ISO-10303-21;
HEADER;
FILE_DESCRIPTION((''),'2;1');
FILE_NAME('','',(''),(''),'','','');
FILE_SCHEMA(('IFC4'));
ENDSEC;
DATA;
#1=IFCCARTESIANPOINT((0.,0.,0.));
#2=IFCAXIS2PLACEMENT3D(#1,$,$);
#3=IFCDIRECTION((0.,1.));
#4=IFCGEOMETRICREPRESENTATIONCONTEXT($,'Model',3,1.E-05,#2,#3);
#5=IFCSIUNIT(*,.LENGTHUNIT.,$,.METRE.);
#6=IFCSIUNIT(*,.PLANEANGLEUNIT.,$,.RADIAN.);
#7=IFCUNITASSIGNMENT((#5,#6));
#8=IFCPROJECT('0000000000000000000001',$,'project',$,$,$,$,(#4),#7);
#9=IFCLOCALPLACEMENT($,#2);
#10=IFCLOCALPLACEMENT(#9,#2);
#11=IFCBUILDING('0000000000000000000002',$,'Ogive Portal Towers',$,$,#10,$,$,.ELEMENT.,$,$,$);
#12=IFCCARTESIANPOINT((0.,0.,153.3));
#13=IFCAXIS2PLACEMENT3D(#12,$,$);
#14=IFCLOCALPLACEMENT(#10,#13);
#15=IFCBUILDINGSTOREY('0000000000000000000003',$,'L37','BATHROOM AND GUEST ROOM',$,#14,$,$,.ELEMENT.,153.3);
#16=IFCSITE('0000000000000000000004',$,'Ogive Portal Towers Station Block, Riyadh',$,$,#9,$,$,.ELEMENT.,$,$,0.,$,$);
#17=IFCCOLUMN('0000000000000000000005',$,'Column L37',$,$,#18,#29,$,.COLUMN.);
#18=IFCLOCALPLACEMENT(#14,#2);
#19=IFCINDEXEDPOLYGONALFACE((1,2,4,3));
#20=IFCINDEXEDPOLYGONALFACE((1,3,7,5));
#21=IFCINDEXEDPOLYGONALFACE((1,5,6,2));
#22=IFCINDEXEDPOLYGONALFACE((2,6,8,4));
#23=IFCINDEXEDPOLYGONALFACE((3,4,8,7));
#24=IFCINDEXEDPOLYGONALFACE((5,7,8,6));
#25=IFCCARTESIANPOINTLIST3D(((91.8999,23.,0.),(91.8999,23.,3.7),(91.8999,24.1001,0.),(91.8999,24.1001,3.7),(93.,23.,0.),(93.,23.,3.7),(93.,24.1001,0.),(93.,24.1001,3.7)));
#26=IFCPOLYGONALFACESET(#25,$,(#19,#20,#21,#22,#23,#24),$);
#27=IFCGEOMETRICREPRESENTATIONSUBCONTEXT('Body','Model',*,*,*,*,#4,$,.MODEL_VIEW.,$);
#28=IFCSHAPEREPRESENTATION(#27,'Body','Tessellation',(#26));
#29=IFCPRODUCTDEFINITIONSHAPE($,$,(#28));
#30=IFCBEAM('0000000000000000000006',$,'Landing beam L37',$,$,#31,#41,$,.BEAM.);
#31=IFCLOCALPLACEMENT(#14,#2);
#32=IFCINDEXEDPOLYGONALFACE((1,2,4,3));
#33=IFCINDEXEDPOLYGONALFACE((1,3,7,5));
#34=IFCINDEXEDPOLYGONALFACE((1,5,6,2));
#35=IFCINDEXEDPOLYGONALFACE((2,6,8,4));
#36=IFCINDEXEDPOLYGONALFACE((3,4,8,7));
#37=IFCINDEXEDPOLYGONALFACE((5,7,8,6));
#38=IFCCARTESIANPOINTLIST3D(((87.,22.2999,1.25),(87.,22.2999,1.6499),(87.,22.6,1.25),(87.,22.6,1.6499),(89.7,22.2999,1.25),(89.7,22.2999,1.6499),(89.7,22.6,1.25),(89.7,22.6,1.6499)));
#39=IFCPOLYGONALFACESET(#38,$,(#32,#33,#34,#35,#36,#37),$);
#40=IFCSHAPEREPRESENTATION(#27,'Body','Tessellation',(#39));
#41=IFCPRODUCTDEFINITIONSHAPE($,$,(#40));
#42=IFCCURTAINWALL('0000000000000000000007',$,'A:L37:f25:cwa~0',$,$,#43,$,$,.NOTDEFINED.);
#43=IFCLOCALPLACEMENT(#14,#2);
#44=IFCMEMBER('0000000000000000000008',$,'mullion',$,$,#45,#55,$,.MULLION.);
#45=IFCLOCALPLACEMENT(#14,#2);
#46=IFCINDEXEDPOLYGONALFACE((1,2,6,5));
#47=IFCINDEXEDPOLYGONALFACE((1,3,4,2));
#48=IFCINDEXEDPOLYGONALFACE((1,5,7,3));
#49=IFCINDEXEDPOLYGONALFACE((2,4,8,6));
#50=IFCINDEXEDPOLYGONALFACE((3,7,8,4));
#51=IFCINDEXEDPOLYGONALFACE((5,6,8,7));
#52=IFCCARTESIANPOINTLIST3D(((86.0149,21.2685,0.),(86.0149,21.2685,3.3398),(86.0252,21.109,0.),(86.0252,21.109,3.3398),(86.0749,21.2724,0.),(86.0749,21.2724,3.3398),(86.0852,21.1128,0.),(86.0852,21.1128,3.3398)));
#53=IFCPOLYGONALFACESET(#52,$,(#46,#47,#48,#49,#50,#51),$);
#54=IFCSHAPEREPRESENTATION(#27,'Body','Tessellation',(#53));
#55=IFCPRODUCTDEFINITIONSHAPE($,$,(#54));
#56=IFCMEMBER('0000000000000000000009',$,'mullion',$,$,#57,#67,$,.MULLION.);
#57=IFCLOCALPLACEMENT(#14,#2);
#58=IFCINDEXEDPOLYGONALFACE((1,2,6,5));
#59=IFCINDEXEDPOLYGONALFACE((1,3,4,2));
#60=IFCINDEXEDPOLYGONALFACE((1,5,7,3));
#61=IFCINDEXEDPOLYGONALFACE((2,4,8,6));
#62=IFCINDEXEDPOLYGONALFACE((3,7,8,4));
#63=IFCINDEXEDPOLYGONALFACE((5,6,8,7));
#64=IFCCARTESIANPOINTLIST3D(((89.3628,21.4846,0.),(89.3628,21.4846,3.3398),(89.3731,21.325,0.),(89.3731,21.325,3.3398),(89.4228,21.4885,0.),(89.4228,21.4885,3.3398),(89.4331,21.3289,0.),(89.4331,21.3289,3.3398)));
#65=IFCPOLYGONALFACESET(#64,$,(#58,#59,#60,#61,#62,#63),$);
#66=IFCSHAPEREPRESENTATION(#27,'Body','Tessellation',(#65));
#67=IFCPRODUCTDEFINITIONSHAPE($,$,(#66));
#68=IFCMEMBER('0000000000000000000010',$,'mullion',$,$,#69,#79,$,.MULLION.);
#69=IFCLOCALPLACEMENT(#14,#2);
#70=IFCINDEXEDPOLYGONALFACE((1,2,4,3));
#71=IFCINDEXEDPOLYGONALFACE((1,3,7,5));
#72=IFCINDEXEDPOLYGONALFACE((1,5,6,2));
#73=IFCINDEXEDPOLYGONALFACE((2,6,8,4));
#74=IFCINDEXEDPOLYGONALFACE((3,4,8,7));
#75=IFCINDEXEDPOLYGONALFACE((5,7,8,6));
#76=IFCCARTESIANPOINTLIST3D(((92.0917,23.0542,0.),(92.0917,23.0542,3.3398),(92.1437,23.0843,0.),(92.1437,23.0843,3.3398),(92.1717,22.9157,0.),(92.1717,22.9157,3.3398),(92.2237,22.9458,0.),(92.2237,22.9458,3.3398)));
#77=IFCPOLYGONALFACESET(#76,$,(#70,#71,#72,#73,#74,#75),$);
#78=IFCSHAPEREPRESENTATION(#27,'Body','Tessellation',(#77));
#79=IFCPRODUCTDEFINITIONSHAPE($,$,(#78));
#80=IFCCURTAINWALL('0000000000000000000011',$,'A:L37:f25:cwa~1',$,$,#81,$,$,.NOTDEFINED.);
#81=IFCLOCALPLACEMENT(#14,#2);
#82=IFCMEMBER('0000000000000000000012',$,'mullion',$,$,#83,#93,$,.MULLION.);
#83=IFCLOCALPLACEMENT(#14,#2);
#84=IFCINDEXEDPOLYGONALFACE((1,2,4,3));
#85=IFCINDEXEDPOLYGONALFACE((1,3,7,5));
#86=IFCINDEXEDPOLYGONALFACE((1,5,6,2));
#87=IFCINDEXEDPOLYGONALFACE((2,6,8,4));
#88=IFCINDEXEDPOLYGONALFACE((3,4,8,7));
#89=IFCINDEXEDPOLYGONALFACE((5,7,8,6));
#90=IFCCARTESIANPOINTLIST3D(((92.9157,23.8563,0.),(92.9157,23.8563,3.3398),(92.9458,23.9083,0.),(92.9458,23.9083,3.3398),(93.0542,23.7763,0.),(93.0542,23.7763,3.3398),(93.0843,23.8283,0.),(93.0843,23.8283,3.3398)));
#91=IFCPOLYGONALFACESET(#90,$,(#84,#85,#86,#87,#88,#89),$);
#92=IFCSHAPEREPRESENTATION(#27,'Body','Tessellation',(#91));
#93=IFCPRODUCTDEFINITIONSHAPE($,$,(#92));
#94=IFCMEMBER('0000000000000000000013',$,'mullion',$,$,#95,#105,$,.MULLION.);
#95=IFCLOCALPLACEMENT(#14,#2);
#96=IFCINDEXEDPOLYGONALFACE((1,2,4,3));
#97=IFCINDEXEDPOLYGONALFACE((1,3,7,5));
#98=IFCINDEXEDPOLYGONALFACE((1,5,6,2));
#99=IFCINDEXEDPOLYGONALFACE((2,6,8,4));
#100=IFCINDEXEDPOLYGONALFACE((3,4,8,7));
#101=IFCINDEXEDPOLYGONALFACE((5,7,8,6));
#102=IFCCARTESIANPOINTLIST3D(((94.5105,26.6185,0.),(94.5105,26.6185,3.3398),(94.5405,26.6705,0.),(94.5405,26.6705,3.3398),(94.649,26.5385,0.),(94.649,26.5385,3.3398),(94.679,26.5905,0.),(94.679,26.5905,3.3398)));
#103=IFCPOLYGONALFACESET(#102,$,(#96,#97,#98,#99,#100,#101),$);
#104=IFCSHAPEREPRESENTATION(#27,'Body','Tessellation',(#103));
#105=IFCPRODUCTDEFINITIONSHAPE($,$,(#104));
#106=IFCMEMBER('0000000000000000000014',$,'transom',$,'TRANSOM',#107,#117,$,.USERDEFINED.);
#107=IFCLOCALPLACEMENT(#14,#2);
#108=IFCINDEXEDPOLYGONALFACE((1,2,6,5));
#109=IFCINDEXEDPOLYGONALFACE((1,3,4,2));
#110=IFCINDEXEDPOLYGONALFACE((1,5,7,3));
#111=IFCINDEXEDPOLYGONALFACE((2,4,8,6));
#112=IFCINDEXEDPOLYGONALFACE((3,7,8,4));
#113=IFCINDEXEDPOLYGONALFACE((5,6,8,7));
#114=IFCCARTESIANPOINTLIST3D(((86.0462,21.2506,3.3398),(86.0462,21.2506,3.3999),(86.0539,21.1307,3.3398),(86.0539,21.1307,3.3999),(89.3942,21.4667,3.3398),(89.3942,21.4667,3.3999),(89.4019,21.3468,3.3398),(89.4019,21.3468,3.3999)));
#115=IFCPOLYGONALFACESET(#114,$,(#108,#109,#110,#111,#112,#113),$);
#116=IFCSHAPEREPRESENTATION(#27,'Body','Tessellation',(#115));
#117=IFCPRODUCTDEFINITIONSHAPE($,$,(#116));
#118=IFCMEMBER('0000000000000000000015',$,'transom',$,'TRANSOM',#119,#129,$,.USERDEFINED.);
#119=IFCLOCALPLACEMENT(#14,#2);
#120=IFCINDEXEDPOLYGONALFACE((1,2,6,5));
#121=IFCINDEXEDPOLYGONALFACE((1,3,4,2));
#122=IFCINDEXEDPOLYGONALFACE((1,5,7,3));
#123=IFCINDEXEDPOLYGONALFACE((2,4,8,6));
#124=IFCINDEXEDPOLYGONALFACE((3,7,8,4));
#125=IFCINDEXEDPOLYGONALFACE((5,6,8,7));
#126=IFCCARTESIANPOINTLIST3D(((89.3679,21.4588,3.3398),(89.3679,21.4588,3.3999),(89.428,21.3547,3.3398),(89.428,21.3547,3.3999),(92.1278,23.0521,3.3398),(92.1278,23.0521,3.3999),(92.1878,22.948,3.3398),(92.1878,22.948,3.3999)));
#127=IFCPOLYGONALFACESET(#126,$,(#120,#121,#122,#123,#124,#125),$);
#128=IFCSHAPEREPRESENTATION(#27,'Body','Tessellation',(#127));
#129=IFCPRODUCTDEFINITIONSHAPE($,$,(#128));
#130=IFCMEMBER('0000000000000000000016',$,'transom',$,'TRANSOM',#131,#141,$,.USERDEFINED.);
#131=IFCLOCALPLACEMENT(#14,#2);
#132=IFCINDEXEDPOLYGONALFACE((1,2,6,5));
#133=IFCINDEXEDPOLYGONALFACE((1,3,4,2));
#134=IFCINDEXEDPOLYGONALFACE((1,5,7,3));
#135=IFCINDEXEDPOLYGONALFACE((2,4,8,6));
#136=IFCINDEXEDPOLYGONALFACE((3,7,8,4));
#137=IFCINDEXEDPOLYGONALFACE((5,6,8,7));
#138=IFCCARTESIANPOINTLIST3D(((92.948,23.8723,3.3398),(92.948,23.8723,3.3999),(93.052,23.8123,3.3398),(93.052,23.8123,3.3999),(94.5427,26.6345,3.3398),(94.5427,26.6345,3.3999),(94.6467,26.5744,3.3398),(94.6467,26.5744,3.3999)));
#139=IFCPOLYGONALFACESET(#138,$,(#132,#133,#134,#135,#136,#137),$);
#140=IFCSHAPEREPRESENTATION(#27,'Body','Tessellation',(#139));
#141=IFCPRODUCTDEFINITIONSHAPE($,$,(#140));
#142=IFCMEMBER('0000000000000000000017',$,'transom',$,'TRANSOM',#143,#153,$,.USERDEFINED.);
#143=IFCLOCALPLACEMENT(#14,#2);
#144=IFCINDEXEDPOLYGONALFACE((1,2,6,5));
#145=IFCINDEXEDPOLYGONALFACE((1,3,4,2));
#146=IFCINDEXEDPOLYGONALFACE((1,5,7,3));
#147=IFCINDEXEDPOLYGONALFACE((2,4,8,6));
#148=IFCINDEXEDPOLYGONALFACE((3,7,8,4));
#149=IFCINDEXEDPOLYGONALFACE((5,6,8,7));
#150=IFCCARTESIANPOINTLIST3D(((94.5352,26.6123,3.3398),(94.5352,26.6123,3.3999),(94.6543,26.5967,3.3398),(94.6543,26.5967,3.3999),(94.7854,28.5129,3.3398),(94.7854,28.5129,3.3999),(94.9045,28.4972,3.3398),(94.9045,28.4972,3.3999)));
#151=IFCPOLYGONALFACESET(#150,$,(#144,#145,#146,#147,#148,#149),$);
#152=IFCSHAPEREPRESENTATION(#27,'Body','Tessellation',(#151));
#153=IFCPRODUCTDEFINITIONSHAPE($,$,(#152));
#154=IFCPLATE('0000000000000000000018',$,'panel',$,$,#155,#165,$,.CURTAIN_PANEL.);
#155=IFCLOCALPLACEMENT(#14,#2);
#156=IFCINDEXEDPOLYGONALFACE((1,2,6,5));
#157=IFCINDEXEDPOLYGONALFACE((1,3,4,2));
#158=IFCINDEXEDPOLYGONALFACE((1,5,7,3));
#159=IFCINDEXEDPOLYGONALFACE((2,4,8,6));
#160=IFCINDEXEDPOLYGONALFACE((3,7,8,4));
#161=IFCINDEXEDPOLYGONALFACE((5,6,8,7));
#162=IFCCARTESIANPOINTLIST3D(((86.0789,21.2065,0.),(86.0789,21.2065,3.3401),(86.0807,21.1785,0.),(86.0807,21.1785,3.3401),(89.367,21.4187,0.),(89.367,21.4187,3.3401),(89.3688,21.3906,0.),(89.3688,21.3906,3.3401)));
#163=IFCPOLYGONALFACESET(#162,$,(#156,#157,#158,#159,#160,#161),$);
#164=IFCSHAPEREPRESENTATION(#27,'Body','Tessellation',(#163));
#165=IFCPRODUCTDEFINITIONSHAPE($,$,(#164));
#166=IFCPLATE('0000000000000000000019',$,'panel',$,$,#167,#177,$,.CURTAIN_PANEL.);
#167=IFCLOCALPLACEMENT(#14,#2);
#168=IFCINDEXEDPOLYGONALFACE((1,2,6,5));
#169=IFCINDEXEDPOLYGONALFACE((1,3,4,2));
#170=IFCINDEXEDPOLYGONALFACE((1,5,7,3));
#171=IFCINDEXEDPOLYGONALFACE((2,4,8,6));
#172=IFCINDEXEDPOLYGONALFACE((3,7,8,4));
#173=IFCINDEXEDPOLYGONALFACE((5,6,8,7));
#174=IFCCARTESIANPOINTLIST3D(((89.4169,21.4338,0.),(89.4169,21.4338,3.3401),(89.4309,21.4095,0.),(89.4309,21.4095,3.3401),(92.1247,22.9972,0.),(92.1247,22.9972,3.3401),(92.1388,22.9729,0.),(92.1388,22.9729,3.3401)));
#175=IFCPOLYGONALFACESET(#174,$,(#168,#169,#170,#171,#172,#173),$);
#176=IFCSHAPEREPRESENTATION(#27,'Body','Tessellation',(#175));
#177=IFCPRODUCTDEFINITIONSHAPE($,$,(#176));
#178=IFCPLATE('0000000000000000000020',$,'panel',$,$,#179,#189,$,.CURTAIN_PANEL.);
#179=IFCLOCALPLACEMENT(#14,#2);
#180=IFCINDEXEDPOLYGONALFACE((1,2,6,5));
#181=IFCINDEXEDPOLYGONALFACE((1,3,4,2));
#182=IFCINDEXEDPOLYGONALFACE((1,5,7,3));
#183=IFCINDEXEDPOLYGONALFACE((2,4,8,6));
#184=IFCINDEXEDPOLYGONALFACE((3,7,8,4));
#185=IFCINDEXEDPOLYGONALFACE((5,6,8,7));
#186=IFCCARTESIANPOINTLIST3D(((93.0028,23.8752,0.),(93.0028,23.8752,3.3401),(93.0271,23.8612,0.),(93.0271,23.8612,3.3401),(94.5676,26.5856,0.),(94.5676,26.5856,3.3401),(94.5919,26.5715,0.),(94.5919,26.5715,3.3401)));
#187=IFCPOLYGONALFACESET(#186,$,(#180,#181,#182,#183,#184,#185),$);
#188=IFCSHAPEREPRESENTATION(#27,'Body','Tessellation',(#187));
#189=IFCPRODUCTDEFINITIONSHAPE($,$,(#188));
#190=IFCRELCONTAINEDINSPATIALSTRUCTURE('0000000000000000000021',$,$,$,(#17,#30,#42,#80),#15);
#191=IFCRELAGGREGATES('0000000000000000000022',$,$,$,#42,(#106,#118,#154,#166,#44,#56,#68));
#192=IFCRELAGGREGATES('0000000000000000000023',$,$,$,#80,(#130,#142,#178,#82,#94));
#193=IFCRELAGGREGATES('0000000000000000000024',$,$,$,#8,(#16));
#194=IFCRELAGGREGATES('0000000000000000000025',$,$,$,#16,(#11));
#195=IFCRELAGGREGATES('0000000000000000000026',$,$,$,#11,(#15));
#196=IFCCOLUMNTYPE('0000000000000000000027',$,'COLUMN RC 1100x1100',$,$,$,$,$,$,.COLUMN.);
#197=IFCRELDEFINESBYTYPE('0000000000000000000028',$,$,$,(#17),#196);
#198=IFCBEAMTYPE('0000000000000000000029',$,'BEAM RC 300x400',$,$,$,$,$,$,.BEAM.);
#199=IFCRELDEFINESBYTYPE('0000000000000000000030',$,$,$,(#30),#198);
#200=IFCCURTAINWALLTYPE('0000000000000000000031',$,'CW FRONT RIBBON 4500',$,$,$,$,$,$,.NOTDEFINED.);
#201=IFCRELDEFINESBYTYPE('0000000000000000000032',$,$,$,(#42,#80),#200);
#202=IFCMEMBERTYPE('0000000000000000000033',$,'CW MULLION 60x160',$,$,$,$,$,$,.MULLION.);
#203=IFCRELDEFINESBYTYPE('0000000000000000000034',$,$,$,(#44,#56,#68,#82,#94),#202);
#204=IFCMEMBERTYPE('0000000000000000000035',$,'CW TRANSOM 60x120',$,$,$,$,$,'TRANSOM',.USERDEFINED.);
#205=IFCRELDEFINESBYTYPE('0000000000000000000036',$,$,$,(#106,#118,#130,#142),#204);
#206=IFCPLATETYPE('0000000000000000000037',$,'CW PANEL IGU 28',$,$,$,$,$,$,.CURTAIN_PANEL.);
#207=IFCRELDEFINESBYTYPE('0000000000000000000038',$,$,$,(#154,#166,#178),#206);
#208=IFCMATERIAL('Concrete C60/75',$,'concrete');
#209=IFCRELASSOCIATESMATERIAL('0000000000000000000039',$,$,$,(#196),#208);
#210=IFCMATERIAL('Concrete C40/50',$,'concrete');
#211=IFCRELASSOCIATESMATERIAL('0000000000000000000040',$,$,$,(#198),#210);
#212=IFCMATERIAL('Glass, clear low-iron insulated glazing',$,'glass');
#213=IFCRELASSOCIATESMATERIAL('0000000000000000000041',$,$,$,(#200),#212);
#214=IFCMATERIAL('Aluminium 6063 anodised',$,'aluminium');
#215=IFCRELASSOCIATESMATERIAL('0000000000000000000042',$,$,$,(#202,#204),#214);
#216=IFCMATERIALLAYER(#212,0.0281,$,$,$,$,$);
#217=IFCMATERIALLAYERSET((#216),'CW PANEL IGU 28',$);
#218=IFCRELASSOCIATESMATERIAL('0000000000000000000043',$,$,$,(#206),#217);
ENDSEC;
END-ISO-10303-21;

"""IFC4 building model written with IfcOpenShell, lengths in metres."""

from ifc_helpers import new_model, si_unit, direction, frame, origin, origin_2d, place, context, subcontext, project, spatial, rectangle, extrude, material, layer, layer_set, material_profile, profile_set, type_object, element, aggregate, save


model = new_model("IFC4")

# Units and contexts
model_context = context("Model", 3, precision=1e-05, world=origin(), true_north=direction((0.0, 1.0)))
body_context = subcontext(model_context, "Body", "Model", "MODEL_VIEW")
ifc_project = project(units=[si_unit("LENGTHUNIT", "METRE"), si_unit("PLANEANGLEUNIT", "RADIAN")], contexts=[model_context])

# Site, building, storey
site_placement = place(None, origin())
site = spatial("IfcSite", under=ifc_project, at=site_placement, Name="Ogive Portal Towers Station Block, Riyadh", CompositionType="ELEMENT", RefElevation=0.0)
building_placement = place(site_placement, origin())
building = spatial("IfcBuilding", under=site, at=building_placement, Name="Ogive Portal Towers", CompositionType="ELEMENT")
storey_placement = place(building_placement, frame((0.0, 0.0, 153.3)))
storey = spatial("IfcBuildingStorey", under=building, at=storey_placement, Name="L37", Description="BATHROOM AND GUEST ROOM", CompositionType="ELEMENT", Elevation=153.3)

# Column
ifc_material_1 = material(Name="Concrete C60/75", Category="concrete")
ifc_material_profile_1 = material_profile(ifc_material_1, rectangle(XDim=1.1001, YDim=1.1001, at=origin_2d()), Name="RC 1100x1100")
ifc_profile_set_1 = profile_set([ifc_material_profile_1], Name="Concrete C60/75")
column_type = type_object("IfcColumnType", Name="COLUMN RC 1100x1100", PredefinedType="COLUMN", material=ifc_profile_set_1)
column_placement = place(storey_placement, frame((92.45, 23.55, 0.0), z_axis=(0.0, 0.0, 1.0), x_axis=(1.0, 0.0, 0.0)))
element("IfcColumn", 1, at=column_placement, inside=storey, type_object=column_type, Name="Column L37", PredefinedType="COLUMN", context=body_context, shape_type="SweptSolid", body=[
    extrude(rectangle(XDim=1.1001, YDim=1.1001, at=origin_2d()), origin(), (0.0, 0.0, 1.0), 3.7),
])

# Beam
ifc_material_2 = material(Name="Concrete C40/50", Category="concrete")
ifc_material_profile_2 = material_profile(ifc_material_2, rectangle(XDim=0.3, YDim=0.3999, at=origin_2d()), Name="RC 300x400")
ifc_profile_set_2 = profile_set([ifc_material_profile_2], Name="Concrete C40/50")
beam_type = type_object("IfcBeamType", Name="BEAM RC 300x400", PredefinedType="BEAM", material=ifc_profile_set_2)
beam_placement = place(storey_placement, frame((87.0, 22.45, 1.45), z_axis=(1.0, 0.0, 0.0), x_axis=(0.0, 1.0, 0.0)))
element("IfcBeam", 2, at=beam_placement, inside=storey, type_object=beam_type, Name="Landing beam L37", PredefinedType="BEAM", context=body_context, shape_type="SweptSolid", body=[
    extrude(rectangle(XDim=0.3, YDim=0.3999, at=origin_2d()), origin(), (0.0, 0.0, 1.0), 2.7),
])

# Curtain walls, members
ifc_material_3 = material(Name="Glass, clear low-iron insulated glazing", Category="glass")
curtain_wall_type = type_object("IfcCurtainWallType", Name="CW FRONT RIBBON 4500", PredefinedType="NOTDEFINED", material=ifc_material_3)
curtain_wall_1_placement = place(storey_placement, origin())
curtain_wall_1 = element("IfcCurtainWall", 3, at=curtain_wall_1_placement, inside=storey, type_object=curtain_wall_type, Name="A:L37:f25:cwa~0", PredefinedType="NOTDEFINED")
ifc_material_4 = material(Name="Aluminium 6063 anodised", Category="aluminium")
ifc_material_profile_3 = material_profile(ifc_material_4, rectangle(XDim=0.1599, YDim=0.0601, at=origin_2d()), Name="AL 60x160")
ifc_profile_set_3 = profile_set([ifc_material_profile_3], Name="Aluminium 6063 anodised")
member_type_1 = type_object("IfcMemberType", Name="CW MULLION 60x160", PredefinedType="MULLION", material=ifc_profile_set_3)
member_1_placement = place(storey_placement, frame((86.05, 21.1907, 0.0), z_axis=(0.0, 0.0, 1.0), x_axis=(-0.064379, 0.997926, 0.0)))
member_1 = element("IfcMember", 4, at=member_1_placement, type_object=member_type_1, Name="mullion", PredefinedType="MULLION", context=body_context, shape_type="SweptSolid", body=[
    extrude(rectangle(XDim=0.1599, YDim=0.0601, at=origin_2d()), origin(), (0.0, 0.0, 1.0), 3.3398),
])
member_2_placement = place(storey_placement, frame((89.3979, 21.4067, 0.0), z_axis=(0.0, 0.0, 1.0), x_axis=(-0.064379, 0.997926, 0.0)))
member_2 = element("IfcMember", 5, at=member_2_placement, type_object=member_type_1, Name="mullion", PredefinedType="MULLION", context=body_context, shape_type="SweptSolid", body=[
    extrude(rectangle(XDim=0.1599, YDim=0.0601, at=origin_2d()), origin(), (0.0, 0.0, 1.0), 3.3398),
])
member_3_placement = place(storey_placement, frame((92.1577, 23.0, 0.0), z_axis=(0.0, 0.0, 1.0), x_axis=(-0.5, 0.866025, 0.0)))
member_3 = element("IfcMember", 6, at=member_3_placement, type_object=member_type_1, Name="mullion", PredefinedType="MULLION", context=body_context, shape_type="SweptSolid", body=[
    extrude(rectangle(XDim=0.1599, YDim=0.0601, at=origin_2d()), origin(), (0.0, 0.0, 1.0), 3.3398),
])
curtain_wall_2_placement = place(storey_placement, origin())
curtain_wall_2 = element("IfcCurtainWall", 7, at=curtain_wall_2_placement, inside=storey, type_object=curtain_wall_type, Name="A:L37:f25:cwa~1", PredefinedType="NOTDEFINED")
member_4_placement = place(storey_placement, frame((93.0, 23.8423, 0.0), z_axis=(0.0, 0.0, 1.0), x_axis=(-0.866025, 0.5, 0.0)))
member_4 = element("IfcMember", 8, at=member_4_placement, type_object=member_type_1, Name="mullion", PredefinedType="MULLION", context=body_context, shape_type="SweptSolid", body=[
    extrude(rectangle(XDim=0.1599, YDim=0.0601, at=origin_2d()), origin(), (0.0, 0.0, 1.0), 3.3398),
])
member_5_placement = place(storey_placement, frame((94.5947, 26.6045, 0.0), z_axis=(0.0, 0.0, 1.0), x_axis=(-0.866025, 0.5, 0.0)))
member_5 = element("IfcMember", 9, at=member_5_placement, type_object=member_type_1, Name="mullion", PredefinedType="MULLION", context=body_context, shape_type="SweptSolid", body=[
    extrude(rectangle(XDim=0.1599, YDim=0.0601, at=origin_2d()), origin(), (0.0, 0.0, 1.0), 3.3398),
])

# Members
ifc_material_profile_4 = material_profile(ifc_material_4, rectangle(XDim=0.1201, YDim=0.0601, at=origin_2d()), Name="AL 120x60")
ifc_profile_set_4 = profile_set([ifc_material_profile_4], Name="Aluminium 6063 anodised")
member_type_2 = type_object("IfcMemberType", Name="CW TRANSOM 60x120", ElementType="TRANSOM", PredefinedType="USERDEFINED", material=ifc_profile_set_4)
member_6_placement = place(storey_placement, frame((86.05, 21.1907, 3.3699), z_axis=(0.997924, 0.064403, 0.0), x_axis=(-0.064403, 0.997924, 0.0)))
member_6 = element("IfcMember", 10, at=member_6_placement, type_object=member_type_2, Name="transom", ObjectType="TRANSOM", PredefinedType="USERDEFINED", context=body_context, shape_type="SweptSolid", body=[
    extrude(rectangle(XDim=0.1201, YDim=0.0601, at=origin_2d()), origin(), (0.0, 0.0, 1.0), 3.355),
])
member_7_placement = place(storey_placement, frame((89.3979, 21.4067, 3.3699), z_axis=(0.866038, 0.499979, 0.0), x_axis=(-0.499979, 0.866038, 0.0)))
member_7 = element("IfcMember", 11, at=member_7_placement, type_object=member_type_2, Name="transom", ObjectType="TRANSOM", PredefinedType="USERDEFINED", context=body_context, shape_type="SweptSolid", body=[
    extrude(rectangle(XDim=0.1201, YDim=0.0601, at=origin_2d()), origin(), (0.0, 0.0, 1.0), 3.1868),
])
member_8_placement = place(storey_placement, frame((93.0, 23.8423, 3.3699), z_axis=(0.499992, 0.86603, 0.0), x_axis=(-0.86603, 0.499992, 0.0)))
member_8 = element("IfcMember", 12, at=member_8_placement, type_object=member_type_2, Name="transom", ObjectType="TRANSOM", PredefinedType="USERDEFINED", context=body_context, shape_type="SweptSolid", body=[
    extrude(rectangle(XDim=0.1201, YDim=0.0601, at=origin_2d()), origin(), (0.0, 0.0, 1.0), 3.1895),
])
member_9_placement = place(storey_placement, frame((94.5947, 26.6045, 3.3699), z_axis=(0.130537, 0.991443, 0.0), x_axis=(-0.991443, 0.130537, 0.0)))
member_9 = element("IfcMember", 13, at=member_9_placement, type_object=member_type_2, Name="transom", ObjectType="TRANSOM", PredefinedType="USERDEFINED", context=body_context, shape_type="SweptSolid", body=[
    extrude(rectangle(XDim=0.1201, YDim=0.0601, at=origin_2d()), origin(), (0.0, 0.0, 1.0), 1.917),
])

# Plates
ifc_layer_1 = layer(ifc_material_3, 0.0281)
ifc_layer_set_1 = layer_set([ifc_layer_1], Name="CW PANEL IGU 28")
plate_type = type_object("IfcPlateType", Name="CW PANEL IGU 28", PredefinedType="CURTAIN_PANEL", material=ifc_layer_set_1)
plate_1_placement = place(storey_placement, frame((87.7239, 21.2986, 0.0), z_axis=(0.0, 0.0, 1.0), x_axis=(0.997926, 0.064379, 0.0)))
plate_1 = element("IfcPlate", 14, at=plate_1_placement, type_object=plate_type, Name="panel", PredefinedType="CURTAIN_PANEL", context=body_context, shape_type="SweptSolid", body=[
    extrude(rectangle(XDim=3.2949, YDim=0.0281, at=origin_2d()), origin(), (0.0, 0.0, 1.0), 3.3401),
])
plate_2_placement = place(storey_placement, frame((90.7778, 22.2034, 0.0), z_axis=(0.0, 0.0, 1.0), x_axis=(0.866025, 0.5, 0.0)))
plate_2 = element("IfcPlate", 15, at=plate_2_placement, type_object=plate_type, Name="panel", PredefinedType="CURTAIN_PANEL", context=body_context, shape_type="SweptSolid", body=[
    extrude(rectangle(XDim=3.1267, YDim=0.0281, at=origin_2d()), origin(), (0.0, 0.0, 1.0), 3.3401),
])
aggregate(curtain_wall_1, [member_6, member_7, plate_1, plate_2, member_1, member_2, member_3])
plate_3_placement = place(storey_placement, frame((93.7974, 25.2234, 0.0), z_axis=(0.0, 0.0, 1.0), x_axis=(0.5, 0.866025, 0.0)))
plate_3 = element("IfcPlate", 16, at=plate_3_placement, type_object=plate_type, Name="panel", PredefinedType="CURTAIN_PANEL", context=body_context, shape_type="SweptSolid", body=[
    extrude(rectangle(XDim=3.1296, YDim=0.0281, at=origin_2d()), origin(), (0.0, 0.0, 1.0), 3.3401),
])
aggregate(curtain_wall_2, [member_8, member_9, plate_3, member_4, member_5])

save(model, "model.ifc")
